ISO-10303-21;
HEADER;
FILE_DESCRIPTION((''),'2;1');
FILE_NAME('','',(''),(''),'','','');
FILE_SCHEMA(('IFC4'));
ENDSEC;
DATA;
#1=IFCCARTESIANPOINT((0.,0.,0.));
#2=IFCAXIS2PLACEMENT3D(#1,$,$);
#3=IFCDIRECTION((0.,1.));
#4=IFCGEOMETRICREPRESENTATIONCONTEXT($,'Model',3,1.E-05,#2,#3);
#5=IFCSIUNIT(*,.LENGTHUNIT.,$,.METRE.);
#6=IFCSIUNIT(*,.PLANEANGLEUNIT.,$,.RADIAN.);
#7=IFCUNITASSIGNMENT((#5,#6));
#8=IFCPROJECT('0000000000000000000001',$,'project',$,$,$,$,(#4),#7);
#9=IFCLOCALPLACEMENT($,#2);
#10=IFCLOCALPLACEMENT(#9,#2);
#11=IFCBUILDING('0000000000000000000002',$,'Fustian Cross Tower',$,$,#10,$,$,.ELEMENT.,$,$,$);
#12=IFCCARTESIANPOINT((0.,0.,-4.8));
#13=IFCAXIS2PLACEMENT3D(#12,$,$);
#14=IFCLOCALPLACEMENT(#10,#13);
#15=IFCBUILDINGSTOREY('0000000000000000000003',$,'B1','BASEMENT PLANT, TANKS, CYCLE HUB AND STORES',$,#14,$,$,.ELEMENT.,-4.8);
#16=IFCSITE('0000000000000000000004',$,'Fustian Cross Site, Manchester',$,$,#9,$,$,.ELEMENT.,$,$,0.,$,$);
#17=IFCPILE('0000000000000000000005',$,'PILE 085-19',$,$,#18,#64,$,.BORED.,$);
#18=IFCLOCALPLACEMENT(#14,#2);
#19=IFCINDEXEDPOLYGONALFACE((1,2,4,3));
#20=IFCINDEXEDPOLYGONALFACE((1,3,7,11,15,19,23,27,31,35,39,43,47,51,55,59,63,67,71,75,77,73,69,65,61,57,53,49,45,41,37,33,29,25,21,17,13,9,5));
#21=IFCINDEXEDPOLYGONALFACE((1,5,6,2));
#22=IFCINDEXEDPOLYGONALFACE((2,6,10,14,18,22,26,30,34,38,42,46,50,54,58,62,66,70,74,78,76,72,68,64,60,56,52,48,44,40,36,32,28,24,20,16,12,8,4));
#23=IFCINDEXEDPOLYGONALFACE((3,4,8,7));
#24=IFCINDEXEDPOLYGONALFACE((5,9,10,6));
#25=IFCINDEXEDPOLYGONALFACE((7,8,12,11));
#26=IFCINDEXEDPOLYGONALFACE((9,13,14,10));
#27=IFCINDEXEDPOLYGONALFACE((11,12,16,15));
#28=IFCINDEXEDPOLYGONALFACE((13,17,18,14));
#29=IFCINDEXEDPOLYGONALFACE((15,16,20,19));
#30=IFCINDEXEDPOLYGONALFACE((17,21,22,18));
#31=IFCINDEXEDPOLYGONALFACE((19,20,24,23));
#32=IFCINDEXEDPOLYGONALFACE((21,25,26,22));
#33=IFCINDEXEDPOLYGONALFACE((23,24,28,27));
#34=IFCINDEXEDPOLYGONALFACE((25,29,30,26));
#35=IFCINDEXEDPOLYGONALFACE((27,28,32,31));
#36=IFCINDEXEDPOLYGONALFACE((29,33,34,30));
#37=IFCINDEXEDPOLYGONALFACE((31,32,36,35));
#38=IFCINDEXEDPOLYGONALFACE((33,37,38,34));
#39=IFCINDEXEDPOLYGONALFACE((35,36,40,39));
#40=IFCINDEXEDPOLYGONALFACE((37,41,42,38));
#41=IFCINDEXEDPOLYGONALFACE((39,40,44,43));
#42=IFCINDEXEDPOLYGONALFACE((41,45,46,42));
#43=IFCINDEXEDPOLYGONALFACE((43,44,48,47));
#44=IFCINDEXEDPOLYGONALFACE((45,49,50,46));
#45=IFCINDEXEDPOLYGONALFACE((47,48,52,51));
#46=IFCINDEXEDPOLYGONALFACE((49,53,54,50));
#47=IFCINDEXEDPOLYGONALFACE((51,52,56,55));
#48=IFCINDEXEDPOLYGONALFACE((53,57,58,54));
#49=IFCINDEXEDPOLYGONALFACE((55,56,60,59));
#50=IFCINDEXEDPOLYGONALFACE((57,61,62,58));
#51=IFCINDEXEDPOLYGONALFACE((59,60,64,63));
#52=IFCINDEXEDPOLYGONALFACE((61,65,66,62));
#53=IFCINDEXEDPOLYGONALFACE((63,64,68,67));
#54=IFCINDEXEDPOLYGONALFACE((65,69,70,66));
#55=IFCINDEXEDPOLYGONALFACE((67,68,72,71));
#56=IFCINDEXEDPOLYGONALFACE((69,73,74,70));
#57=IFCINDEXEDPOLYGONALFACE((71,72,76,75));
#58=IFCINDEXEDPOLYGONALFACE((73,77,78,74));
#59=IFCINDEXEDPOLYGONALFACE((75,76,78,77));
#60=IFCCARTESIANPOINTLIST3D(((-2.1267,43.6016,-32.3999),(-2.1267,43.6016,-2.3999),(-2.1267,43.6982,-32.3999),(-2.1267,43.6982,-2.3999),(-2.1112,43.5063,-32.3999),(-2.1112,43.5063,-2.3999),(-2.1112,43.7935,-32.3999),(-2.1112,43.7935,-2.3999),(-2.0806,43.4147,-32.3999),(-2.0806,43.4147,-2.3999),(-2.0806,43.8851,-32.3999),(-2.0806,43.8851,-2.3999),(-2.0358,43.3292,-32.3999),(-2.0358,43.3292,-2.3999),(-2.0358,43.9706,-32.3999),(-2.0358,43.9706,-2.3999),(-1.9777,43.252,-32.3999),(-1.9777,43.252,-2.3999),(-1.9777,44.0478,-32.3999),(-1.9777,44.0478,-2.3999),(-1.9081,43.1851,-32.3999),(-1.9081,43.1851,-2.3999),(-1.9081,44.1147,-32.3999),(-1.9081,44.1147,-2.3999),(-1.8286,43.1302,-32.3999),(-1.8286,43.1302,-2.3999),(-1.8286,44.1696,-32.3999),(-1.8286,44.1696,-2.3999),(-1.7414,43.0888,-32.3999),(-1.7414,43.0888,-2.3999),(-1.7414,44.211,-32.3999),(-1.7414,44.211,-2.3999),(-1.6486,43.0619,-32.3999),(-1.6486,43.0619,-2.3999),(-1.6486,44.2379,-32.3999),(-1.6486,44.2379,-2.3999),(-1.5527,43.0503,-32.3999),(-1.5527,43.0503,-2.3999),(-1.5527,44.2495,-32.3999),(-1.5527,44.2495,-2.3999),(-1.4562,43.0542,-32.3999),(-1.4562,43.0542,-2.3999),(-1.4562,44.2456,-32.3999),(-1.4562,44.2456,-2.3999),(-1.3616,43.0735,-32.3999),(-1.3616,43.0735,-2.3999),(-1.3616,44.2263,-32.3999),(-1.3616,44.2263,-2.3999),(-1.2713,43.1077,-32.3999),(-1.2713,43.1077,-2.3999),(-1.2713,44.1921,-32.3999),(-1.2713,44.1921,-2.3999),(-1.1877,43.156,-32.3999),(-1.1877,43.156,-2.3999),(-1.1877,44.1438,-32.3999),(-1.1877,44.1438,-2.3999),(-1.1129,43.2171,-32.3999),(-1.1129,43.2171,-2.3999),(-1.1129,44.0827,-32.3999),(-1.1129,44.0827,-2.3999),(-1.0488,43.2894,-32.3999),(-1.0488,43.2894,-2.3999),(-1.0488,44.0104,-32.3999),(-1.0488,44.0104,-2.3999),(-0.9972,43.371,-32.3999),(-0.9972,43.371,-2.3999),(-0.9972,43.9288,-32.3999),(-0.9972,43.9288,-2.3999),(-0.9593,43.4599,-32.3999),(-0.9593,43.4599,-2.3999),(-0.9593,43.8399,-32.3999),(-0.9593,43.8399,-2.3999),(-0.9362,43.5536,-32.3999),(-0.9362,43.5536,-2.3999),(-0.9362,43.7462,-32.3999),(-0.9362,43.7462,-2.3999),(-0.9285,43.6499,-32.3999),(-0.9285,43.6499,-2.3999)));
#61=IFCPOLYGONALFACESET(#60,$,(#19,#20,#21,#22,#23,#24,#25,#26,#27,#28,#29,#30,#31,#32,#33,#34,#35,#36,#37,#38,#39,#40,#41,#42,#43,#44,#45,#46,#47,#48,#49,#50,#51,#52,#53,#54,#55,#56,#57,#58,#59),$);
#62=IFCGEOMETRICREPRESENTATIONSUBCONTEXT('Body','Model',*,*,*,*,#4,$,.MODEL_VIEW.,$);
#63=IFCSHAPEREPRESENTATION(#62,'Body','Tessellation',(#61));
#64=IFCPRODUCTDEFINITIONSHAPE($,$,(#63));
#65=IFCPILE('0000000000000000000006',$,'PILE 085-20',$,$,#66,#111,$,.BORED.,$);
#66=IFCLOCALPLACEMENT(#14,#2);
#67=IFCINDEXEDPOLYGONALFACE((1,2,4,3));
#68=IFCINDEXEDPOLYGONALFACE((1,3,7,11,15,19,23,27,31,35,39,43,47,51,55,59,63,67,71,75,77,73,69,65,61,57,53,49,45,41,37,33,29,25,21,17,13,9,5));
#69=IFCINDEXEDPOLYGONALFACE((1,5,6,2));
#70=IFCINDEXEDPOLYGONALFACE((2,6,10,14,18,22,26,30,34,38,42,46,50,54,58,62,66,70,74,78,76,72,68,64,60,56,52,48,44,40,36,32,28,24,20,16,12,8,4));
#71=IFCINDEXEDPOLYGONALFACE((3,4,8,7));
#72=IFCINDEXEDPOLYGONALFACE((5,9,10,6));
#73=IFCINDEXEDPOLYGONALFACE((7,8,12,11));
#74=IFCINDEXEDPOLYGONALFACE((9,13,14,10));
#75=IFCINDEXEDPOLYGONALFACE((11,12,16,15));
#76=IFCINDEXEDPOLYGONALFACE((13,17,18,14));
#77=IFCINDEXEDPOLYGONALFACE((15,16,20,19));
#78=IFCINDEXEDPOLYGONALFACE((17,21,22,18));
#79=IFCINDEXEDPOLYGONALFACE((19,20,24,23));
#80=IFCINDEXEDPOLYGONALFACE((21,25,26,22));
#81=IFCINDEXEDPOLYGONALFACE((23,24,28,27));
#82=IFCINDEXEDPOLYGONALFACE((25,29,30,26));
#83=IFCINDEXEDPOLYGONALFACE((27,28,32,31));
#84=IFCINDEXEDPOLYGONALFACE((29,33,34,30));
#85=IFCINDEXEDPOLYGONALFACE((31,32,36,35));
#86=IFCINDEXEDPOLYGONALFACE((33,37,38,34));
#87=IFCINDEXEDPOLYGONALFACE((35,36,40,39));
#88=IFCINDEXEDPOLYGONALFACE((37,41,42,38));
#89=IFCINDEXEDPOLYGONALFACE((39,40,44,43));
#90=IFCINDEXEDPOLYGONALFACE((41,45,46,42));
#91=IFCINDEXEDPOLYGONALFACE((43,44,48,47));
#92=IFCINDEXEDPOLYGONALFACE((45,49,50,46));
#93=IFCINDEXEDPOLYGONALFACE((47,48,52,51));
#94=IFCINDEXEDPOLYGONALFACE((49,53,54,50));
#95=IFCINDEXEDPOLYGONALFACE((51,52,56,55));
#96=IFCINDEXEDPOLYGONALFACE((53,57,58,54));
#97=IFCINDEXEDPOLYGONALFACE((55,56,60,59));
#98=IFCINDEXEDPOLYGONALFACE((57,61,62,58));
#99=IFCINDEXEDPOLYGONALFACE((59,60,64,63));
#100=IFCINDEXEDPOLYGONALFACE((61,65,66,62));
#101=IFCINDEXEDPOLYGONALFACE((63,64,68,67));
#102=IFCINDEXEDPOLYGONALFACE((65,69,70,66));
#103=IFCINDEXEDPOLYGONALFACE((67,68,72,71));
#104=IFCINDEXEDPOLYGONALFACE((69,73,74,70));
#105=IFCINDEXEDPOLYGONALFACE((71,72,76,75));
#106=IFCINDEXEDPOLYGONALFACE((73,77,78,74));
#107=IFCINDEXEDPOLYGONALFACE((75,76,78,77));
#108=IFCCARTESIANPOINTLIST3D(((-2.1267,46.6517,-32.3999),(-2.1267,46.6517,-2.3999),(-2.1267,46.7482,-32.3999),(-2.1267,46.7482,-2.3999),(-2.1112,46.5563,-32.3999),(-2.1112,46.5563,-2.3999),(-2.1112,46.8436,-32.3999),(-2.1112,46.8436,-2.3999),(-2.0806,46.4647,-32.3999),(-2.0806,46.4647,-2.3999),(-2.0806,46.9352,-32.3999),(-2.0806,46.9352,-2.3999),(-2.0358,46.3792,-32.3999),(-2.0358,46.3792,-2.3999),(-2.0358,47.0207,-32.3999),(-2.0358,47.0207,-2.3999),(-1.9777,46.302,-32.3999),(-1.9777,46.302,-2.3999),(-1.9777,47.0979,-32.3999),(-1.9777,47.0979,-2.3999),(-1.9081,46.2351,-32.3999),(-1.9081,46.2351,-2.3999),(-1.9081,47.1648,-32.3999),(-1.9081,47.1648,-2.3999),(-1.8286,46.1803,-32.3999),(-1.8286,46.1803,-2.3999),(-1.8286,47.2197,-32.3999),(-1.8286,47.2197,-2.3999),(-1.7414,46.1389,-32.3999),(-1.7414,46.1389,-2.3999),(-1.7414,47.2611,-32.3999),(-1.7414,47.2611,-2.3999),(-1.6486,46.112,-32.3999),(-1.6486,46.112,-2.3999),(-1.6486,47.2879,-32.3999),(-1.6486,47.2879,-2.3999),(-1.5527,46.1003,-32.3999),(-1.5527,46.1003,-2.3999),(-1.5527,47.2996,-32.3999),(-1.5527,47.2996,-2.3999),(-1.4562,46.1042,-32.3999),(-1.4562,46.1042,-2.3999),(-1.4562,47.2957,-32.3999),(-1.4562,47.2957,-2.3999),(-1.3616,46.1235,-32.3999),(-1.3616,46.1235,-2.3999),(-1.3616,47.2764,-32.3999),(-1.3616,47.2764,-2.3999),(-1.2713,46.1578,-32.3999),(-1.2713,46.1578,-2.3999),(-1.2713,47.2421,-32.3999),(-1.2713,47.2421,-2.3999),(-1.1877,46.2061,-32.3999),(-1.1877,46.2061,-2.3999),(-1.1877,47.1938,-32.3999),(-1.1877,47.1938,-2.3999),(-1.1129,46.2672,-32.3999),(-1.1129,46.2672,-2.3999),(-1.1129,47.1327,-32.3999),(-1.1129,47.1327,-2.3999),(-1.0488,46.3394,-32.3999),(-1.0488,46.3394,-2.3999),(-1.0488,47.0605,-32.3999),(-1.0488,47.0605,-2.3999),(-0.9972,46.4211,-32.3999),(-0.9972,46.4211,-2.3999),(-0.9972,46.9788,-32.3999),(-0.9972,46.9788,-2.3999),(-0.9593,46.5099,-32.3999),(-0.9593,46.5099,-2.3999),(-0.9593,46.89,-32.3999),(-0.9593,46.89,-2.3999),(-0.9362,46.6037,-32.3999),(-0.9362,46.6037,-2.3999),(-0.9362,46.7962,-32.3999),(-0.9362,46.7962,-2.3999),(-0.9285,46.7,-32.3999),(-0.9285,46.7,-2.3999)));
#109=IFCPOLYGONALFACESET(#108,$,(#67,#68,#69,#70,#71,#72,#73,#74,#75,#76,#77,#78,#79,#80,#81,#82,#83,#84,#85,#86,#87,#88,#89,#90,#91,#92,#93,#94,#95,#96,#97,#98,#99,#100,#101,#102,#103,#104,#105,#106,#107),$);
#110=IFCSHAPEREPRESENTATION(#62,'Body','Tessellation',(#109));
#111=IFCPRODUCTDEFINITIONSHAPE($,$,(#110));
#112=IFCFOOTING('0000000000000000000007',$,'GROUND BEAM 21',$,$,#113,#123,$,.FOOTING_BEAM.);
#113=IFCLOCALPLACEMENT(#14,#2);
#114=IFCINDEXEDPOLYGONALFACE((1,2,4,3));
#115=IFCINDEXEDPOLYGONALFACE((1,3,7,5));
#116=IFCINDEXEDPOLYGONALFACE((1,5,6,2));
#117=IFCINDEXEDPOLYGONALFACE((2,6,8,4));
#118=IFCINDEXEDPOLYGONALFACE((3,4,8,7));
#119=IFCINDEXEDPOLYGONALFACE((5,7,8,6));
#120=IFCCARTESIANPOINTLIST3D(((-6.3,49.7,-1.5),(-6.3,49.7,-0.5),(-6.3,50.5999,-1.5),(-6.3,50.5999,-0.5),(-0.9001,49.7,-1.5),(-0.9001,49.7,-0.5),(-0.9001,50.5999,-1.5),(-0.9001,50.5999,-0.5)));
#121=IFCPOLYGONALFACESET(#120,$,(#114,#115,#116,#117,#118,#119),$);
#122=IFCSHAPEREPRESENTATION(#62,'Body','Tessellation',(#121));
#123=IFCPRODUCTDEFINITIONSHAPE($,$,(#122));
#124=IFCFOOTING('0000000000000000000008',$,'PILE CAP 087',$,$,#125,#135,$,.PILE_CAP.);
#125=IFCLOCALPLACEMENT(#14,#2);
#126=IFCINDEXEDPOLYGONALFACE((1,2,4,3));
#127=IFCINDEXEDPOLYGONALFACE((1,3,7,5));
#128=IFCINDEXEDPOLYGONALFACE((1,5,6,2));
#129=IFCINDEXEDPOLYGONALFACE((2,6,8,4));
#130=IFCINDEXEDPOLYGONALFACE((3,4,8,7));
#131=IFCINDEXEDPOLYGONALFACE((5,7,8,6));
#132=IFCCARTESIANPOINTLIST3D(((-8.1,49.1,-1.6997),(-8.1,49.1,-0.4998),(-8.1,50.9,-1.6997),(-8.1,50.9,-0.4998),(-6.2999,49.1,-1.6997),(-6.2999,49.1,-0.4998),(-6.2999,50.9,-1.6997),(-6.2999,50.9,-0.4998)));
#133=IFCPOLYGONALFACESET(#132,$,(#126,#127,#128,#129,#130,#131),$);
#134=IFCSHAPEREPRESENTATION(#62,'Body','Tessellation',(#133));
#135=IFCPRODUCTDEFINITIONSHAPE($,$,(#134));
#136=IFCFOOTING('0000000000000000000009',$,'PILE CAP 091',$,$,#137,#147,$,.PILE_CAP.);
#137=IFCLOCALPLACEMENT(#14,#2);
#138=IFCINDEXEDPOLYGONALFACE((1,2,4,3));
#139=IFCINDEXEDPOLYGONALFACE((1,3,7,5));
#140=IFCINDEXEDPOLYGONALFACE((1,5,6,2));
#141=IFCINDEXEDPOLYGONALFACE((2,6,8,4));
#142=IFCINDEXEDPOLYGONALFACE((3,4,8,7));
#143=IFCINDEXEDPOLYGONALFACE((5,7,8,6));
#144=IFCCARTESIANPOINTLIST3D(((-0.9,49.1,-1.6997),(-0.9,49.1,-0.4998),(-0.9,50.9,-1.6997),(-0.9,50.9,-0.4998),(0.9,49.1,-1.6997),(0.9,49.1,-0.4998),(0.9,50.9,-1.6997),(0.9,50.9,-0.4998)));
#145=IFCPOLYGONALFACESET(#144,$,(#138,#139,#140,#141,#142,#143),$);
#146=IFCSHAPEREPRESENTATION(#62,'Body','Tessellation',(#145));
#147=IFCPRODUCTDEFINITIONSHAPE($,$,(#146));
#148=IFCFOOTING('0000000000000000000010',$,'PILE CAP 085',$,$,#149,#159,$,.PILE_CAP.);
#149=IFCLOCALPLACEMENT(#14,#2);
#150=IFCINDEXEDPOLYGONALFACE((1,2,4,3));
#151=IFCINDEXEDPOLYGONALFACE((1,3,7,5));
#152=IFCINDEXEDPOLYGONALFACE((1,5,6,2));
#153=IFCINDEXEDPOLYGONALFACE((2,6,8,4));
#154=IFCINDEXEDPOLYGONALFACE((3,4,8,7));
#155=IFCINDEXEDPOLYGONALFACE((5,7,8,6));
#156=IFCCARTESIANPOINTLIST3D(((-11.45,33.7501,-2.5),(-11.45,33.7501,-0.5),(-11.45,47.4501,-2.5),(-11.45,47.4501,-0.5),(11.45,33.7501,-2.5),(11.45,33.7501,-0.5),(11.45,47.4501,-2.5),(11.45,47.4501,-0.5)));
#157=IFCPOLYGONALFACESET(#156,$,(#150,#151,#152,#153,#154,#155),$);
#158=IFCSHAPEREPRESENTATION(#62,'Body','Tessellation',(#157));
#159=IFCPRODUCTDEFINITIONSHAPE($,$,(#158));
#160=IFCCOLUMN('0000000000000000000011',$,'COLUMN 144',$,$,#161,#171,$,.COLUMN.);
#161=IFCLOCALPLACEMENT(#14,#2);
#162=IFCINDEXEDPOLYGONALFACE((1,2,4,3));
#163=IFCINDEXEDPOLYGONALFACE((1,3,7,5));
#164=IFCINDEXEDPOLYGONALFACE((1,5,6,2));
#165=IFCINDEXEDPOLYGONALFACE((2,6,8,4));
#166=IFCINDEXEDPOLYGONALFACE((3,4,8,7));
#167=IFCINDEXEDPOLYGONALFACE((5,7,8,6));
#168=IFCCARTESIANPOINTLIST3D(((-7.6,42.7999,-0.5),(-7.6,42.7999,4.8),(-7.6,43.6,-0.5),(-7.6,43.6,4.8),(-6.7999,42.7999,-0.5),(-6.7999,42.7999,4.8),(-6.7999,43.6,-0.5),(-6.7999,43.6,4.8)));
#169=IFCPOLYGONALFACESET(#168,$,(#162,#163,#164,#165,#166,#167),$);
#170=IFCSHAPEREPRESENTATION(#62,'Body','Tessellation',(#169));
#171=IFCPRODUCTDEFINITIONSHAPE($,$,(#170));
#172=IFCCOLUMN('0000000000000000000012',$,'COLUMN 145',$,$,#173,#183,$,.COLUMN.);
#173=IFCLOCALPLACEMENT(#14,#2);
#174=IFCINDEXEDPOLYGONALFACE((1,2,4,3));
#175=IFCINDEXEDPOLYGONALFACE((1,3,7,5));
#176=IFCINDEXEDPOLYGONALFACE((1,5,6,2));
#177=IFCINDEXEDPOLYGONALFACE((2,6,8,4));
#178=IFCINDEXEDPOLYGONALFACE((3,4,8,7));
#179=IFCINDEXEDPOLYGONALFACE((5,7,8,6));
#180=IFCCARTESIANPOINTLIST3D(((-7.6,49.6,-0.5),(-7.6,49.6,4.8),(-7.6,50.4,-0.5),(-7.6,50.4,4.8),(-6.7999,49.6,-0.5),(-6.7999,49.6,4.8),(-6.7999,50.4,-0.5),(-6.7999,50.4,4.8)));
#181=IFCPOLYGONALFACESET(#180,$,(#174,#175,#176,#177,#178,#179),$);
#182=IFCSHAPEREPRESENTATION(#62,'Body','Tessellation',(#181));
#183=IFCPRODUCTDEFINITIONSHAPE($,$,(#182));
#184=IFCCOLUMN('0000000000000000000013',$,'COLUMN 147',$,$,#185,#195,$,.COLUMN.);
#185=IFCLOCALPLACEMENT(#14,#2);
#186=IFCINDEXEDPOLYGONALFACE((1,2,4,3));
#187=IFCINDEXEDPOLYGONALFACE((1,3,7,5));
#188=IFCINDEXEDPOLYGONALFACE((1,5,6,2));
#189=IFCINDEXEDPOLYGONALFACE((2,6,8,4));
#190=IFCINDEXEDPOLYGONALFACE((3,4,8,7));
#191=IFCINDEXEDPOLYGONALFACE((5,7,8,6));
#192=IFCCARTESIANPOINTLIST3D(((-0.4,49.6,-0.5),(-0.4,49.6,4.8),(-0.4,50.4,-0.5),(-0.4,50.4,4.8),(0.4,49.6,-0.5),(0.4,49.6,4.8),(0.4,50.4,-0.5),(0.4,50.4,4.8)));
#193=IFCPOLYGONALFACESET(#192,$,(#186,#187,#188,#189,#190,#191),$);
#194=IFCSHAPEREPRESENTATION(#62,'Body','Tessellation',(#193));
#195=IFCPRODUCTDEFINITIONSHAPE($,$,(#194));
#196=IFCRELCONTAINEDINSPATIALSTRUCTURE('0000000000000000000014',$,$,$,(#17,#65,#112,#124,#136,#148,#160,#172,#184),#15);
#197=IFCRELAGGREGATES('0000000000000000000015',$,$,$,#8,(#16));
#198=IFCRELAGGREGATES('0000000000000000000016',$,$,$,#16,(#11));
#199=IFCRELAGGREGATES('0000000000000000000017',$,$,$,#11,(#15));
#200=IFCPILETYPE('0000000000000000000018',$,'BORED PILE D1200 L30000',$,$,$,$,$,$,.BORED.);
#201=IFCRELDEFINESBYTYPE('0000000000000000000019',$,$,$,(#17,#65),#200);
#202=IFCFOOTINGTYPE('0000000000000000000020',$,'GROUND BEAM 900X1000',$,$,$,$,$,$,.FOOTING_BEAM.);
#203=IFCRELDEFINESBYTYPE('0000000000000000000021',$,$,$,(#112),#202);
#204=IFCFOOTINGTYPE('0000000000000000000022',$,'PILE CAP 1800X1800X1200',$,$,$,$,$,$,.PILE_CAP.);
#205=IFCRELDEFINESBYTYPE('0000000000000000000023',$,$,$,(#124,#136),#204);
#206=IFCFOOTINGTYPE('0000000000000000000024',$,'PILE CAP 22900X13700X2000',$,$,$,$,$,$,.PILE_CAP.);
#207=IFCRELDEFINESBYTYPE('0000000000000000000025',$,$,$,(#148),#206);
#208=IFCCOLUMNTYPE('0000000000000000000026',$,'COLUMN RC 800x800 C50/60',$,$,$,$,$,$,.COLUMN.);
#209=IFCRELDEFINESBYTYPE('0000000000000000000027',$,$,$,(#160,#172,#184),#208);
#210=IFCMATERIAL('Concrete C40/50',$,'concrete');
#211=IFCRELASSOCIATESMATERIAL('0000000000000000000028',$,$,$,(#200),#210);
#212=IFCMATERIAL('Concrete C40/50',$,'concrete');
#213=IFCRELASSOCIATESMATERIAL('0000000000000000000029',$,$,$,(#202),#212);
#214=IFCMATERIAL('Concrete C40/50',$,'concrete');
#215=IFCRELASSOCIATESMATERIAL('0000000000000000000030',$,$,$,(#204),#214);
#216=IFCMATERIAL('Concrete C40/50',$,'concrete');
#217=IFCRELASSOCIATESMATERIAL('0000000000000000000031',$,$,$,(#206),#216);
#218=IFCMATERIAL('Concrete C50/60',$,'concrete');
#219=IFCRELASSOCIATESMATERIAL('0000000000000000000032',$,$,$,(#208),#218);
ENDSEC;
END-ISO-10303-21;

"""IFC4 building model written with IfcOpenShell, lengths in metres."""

from ifc_helpers import new_model, si_unit, direction, frame, origin, origin_2d, place, context, subcontext, project, spatial, rectangle, circle, extrude, material, material_profile, profile_set, type_object, element, save


model = new_model("IFC4")

# Units and contexts
model_context = context("Model", 3, precision=1e-05, world=origin(), true_north=direction((0.0, 1.0)))
body_context = subcontext(model_context, "Body", "Model", "MODEL_VIEW")
ifc_project = project(units=[si_unit("LENGTHUNIT", "METRE"), si_unit("PLANEANGLEUNIT", "RADIAN")], contexts=[model_context])

# Site, building, storey
site_placement = place(None, origin())
site = spatial("IfcSite", under=ifc_project, at=site_placement, Name="Fustian Cross Site, Manchester", CompositionType="ELEMENT", RefElevation=0.0)
building_placement = place(site_placement, origin())
building = spatial("IfcBuilding", under=site, at=building_placement, Name="Fustian Cross Tower", CompositionType="ELEMENT")
storey_placement = place(building_placement, frame((0.0, 0.0, -4.8)))
storey = spatial("IfcBuildingStorey", under=building, at=storey_placement, Name="B1", Description="BASEMENT PLANT, TANKS, CYCLE HUB AND STORES", CompositionType="ELEMENT", Elevation=-4.8)

# Piles
ifc_material_1 = material(Name="Concrete C40/50", Category="concrete")
ifc_material_profile_1 = material_profile(ifc_material_1, circle(Radius=0.6001, at=origin_2d()), Name="BORED PILE D1200 L30000")
ifc_profile_set_1 = profile_set([ifc_material_profile_1], Name="Concrete C40/50")
pile_type_1 = type_object("IfcPileType", Name="BORED PILE D1200 L30000", PredefinedType="BORED", material=ifc_profile_set_1)
for number, where, z_axis, x_axis, name in (
    (1, (-1.5286, 43.6499, -2.3999), (0.0, 0.0, -1.0), (1.0, 0.0, 0.0), "PILE 085-19"),
    (2, (-1.5286, 46.7, -2.3999), (0.0, 0.0, -1.0), (1.0, 0.0, 0.0), "PILE 085-20"),
):
    element("IfcPile", number, at=place(storey_placement, frame(where, z_axis=z_axis, x_axis=x_axis)), inside=storey, type_object=pile_type_1, Name=name, PredefinedType="BORED", context=body_context, shape_type="SweptSolid", body=[
        extrude(circle(Radius=0.6001, at=origin_2d()), origin(), (0.0, 0.0, 1.0), 30.0),
    ])

# Footings
ifc_material_2 = material(Name="Concrete C40/50", Category="concrete")
footing_type_1 = type_object("IfcFootingType", Name="GROUND BEAM 900X1000", PredefinedType="FOOTING_BEAM", material=ifc_material_2)
footing_1_placement = place(storey_placement, frame((-3.6001, 50.1499, -1.5), z_axis=(0.0, 0.0, 1.0), x_axis=(1.0, 0.0, 0.0)))
element("IfcFooting", 3, at=footing_1_placement, inside=storey, type_object=footing_type_1, Name="GROUND BEAM 21", PredefinedType="FOOTING_BEAM", context=body_context, shape_type="SweptSolid", body=[
    extrude(rectangle(XDim=5.3999, YDim=0.8999, at=origin_2d()), origin(), (0.0, 0.0, 1.0), 1.0),
])
ifc_material_3 = material(Name="Concrete C40/50", Category="concrete")
footing_type_2 = type_object("IfcFootingType", Name="PILE CAP 1800X1800X1200", PredefinedType="PILE_CAP", material=ifc_material_3)
for number, where, z_axis, x_axis, name in (
    (4, (-7.2, 50.0, -1.6997), (0.0, 0.0, 1.0), (1.0, 0.0, 0.0), "PILE CAP 087"),
    (5, (0.0, 50.0, -1.6997), (0.0, 0.0, 1.0), (1.0, 0.0, 0.0), "PILE CAP 091"),
):
    element("IfcFooting", number, at=place(storey_placement, frame(where, z_axis=z_axis, x_axis=x_axis)), inside=storey, type_object=footing_type_2, Name=name, PredefinedType="PILE_CAP", context=body_context, shape_type="SweptSolid", body=[
        extrude(rectangle(XDim=1.8, YDim=1.8, at=origin_2d()), origin(), (0.0, 0.0, 1.0), 1.2),
    ])
ifc_material_4 = material(Name="Concrete C40/50", Category="concrete")
footing_type_3 = type_object("IfcFootingType", Name="PILE CAP 22900X13700X2000", PredefinedType="PILE_CAP", material=ifc_material_4)
footing_2_placement = place(storey_placement, frame((0.0, 40.6001, -2.5), z_axis=(0.0, 0.0, 1.0), x_axis=(1.0, 0.0, 0.0)))
element("IfcFooting", 6, at=footing_2_placement, inside=storey, type_object=footing_type_3, Name="PILE CAP 085", PredefinedType="PILE_CAP", context=body_context, shape_type="SweptSolid", body=[
    extrude(rectangle(XDim=22.8999, YDim=13.7, at=origin_2d()), origin(), (0.0, 0.0, 1.0), 2.0),
])

# Columns
ifc_material_5 = material(Name="Concrete C50/60", Category="concrete")
ifc_material_profile_2 = material_profile(ifc_material_5, rectangle(XDim=0.8, YDim=0.8, at=origin_2d()), Name="RC 800x800")
ifc_profile_set_2 = profile_set([ifc_material_profile_2], Name="Concrete C50/60")
column_type_1 = type_object("IfcColumnType", Name="COLUMN RC 800x800 C50/60", PredefinedType="COLUMN", material=ifc_profile_set_2)
for number, where, z_axis, x_axis, name in (
    (7, (-7.2, 43.2, -0.5), (0.0, 0.0, 1.0), (1.0, 0.0, 0.0), "COLUMN 144"),
    (8, (-7.2, 50.0, -0.5), (0.0, 0.0, 1.0), (1.0, 0.0, 0.0), "COLUMN 145"),
    (9, (0.0, 50.0, -0.5), (0.0, 0.0, 1.0), (1.0, 0.0, 0.0), "COLUMN 147"),
):
    element("IfcColumn", number, at=place(storey_placement, frame(where, z_axis=z_axis, x_axis=x_axis)), inside=storey, type_object=column_type_1, Name=name, PredefinedType="COLUMN", context=body_context, shape_type="SweptSolid", body=[
        extrude(rectangle(XDim=0.8, YDim=0.8, at=origin_2d()), origin(), (0.0, 0.0, 1.0), 5.3),
    ])

save(model, "model.ifc")
